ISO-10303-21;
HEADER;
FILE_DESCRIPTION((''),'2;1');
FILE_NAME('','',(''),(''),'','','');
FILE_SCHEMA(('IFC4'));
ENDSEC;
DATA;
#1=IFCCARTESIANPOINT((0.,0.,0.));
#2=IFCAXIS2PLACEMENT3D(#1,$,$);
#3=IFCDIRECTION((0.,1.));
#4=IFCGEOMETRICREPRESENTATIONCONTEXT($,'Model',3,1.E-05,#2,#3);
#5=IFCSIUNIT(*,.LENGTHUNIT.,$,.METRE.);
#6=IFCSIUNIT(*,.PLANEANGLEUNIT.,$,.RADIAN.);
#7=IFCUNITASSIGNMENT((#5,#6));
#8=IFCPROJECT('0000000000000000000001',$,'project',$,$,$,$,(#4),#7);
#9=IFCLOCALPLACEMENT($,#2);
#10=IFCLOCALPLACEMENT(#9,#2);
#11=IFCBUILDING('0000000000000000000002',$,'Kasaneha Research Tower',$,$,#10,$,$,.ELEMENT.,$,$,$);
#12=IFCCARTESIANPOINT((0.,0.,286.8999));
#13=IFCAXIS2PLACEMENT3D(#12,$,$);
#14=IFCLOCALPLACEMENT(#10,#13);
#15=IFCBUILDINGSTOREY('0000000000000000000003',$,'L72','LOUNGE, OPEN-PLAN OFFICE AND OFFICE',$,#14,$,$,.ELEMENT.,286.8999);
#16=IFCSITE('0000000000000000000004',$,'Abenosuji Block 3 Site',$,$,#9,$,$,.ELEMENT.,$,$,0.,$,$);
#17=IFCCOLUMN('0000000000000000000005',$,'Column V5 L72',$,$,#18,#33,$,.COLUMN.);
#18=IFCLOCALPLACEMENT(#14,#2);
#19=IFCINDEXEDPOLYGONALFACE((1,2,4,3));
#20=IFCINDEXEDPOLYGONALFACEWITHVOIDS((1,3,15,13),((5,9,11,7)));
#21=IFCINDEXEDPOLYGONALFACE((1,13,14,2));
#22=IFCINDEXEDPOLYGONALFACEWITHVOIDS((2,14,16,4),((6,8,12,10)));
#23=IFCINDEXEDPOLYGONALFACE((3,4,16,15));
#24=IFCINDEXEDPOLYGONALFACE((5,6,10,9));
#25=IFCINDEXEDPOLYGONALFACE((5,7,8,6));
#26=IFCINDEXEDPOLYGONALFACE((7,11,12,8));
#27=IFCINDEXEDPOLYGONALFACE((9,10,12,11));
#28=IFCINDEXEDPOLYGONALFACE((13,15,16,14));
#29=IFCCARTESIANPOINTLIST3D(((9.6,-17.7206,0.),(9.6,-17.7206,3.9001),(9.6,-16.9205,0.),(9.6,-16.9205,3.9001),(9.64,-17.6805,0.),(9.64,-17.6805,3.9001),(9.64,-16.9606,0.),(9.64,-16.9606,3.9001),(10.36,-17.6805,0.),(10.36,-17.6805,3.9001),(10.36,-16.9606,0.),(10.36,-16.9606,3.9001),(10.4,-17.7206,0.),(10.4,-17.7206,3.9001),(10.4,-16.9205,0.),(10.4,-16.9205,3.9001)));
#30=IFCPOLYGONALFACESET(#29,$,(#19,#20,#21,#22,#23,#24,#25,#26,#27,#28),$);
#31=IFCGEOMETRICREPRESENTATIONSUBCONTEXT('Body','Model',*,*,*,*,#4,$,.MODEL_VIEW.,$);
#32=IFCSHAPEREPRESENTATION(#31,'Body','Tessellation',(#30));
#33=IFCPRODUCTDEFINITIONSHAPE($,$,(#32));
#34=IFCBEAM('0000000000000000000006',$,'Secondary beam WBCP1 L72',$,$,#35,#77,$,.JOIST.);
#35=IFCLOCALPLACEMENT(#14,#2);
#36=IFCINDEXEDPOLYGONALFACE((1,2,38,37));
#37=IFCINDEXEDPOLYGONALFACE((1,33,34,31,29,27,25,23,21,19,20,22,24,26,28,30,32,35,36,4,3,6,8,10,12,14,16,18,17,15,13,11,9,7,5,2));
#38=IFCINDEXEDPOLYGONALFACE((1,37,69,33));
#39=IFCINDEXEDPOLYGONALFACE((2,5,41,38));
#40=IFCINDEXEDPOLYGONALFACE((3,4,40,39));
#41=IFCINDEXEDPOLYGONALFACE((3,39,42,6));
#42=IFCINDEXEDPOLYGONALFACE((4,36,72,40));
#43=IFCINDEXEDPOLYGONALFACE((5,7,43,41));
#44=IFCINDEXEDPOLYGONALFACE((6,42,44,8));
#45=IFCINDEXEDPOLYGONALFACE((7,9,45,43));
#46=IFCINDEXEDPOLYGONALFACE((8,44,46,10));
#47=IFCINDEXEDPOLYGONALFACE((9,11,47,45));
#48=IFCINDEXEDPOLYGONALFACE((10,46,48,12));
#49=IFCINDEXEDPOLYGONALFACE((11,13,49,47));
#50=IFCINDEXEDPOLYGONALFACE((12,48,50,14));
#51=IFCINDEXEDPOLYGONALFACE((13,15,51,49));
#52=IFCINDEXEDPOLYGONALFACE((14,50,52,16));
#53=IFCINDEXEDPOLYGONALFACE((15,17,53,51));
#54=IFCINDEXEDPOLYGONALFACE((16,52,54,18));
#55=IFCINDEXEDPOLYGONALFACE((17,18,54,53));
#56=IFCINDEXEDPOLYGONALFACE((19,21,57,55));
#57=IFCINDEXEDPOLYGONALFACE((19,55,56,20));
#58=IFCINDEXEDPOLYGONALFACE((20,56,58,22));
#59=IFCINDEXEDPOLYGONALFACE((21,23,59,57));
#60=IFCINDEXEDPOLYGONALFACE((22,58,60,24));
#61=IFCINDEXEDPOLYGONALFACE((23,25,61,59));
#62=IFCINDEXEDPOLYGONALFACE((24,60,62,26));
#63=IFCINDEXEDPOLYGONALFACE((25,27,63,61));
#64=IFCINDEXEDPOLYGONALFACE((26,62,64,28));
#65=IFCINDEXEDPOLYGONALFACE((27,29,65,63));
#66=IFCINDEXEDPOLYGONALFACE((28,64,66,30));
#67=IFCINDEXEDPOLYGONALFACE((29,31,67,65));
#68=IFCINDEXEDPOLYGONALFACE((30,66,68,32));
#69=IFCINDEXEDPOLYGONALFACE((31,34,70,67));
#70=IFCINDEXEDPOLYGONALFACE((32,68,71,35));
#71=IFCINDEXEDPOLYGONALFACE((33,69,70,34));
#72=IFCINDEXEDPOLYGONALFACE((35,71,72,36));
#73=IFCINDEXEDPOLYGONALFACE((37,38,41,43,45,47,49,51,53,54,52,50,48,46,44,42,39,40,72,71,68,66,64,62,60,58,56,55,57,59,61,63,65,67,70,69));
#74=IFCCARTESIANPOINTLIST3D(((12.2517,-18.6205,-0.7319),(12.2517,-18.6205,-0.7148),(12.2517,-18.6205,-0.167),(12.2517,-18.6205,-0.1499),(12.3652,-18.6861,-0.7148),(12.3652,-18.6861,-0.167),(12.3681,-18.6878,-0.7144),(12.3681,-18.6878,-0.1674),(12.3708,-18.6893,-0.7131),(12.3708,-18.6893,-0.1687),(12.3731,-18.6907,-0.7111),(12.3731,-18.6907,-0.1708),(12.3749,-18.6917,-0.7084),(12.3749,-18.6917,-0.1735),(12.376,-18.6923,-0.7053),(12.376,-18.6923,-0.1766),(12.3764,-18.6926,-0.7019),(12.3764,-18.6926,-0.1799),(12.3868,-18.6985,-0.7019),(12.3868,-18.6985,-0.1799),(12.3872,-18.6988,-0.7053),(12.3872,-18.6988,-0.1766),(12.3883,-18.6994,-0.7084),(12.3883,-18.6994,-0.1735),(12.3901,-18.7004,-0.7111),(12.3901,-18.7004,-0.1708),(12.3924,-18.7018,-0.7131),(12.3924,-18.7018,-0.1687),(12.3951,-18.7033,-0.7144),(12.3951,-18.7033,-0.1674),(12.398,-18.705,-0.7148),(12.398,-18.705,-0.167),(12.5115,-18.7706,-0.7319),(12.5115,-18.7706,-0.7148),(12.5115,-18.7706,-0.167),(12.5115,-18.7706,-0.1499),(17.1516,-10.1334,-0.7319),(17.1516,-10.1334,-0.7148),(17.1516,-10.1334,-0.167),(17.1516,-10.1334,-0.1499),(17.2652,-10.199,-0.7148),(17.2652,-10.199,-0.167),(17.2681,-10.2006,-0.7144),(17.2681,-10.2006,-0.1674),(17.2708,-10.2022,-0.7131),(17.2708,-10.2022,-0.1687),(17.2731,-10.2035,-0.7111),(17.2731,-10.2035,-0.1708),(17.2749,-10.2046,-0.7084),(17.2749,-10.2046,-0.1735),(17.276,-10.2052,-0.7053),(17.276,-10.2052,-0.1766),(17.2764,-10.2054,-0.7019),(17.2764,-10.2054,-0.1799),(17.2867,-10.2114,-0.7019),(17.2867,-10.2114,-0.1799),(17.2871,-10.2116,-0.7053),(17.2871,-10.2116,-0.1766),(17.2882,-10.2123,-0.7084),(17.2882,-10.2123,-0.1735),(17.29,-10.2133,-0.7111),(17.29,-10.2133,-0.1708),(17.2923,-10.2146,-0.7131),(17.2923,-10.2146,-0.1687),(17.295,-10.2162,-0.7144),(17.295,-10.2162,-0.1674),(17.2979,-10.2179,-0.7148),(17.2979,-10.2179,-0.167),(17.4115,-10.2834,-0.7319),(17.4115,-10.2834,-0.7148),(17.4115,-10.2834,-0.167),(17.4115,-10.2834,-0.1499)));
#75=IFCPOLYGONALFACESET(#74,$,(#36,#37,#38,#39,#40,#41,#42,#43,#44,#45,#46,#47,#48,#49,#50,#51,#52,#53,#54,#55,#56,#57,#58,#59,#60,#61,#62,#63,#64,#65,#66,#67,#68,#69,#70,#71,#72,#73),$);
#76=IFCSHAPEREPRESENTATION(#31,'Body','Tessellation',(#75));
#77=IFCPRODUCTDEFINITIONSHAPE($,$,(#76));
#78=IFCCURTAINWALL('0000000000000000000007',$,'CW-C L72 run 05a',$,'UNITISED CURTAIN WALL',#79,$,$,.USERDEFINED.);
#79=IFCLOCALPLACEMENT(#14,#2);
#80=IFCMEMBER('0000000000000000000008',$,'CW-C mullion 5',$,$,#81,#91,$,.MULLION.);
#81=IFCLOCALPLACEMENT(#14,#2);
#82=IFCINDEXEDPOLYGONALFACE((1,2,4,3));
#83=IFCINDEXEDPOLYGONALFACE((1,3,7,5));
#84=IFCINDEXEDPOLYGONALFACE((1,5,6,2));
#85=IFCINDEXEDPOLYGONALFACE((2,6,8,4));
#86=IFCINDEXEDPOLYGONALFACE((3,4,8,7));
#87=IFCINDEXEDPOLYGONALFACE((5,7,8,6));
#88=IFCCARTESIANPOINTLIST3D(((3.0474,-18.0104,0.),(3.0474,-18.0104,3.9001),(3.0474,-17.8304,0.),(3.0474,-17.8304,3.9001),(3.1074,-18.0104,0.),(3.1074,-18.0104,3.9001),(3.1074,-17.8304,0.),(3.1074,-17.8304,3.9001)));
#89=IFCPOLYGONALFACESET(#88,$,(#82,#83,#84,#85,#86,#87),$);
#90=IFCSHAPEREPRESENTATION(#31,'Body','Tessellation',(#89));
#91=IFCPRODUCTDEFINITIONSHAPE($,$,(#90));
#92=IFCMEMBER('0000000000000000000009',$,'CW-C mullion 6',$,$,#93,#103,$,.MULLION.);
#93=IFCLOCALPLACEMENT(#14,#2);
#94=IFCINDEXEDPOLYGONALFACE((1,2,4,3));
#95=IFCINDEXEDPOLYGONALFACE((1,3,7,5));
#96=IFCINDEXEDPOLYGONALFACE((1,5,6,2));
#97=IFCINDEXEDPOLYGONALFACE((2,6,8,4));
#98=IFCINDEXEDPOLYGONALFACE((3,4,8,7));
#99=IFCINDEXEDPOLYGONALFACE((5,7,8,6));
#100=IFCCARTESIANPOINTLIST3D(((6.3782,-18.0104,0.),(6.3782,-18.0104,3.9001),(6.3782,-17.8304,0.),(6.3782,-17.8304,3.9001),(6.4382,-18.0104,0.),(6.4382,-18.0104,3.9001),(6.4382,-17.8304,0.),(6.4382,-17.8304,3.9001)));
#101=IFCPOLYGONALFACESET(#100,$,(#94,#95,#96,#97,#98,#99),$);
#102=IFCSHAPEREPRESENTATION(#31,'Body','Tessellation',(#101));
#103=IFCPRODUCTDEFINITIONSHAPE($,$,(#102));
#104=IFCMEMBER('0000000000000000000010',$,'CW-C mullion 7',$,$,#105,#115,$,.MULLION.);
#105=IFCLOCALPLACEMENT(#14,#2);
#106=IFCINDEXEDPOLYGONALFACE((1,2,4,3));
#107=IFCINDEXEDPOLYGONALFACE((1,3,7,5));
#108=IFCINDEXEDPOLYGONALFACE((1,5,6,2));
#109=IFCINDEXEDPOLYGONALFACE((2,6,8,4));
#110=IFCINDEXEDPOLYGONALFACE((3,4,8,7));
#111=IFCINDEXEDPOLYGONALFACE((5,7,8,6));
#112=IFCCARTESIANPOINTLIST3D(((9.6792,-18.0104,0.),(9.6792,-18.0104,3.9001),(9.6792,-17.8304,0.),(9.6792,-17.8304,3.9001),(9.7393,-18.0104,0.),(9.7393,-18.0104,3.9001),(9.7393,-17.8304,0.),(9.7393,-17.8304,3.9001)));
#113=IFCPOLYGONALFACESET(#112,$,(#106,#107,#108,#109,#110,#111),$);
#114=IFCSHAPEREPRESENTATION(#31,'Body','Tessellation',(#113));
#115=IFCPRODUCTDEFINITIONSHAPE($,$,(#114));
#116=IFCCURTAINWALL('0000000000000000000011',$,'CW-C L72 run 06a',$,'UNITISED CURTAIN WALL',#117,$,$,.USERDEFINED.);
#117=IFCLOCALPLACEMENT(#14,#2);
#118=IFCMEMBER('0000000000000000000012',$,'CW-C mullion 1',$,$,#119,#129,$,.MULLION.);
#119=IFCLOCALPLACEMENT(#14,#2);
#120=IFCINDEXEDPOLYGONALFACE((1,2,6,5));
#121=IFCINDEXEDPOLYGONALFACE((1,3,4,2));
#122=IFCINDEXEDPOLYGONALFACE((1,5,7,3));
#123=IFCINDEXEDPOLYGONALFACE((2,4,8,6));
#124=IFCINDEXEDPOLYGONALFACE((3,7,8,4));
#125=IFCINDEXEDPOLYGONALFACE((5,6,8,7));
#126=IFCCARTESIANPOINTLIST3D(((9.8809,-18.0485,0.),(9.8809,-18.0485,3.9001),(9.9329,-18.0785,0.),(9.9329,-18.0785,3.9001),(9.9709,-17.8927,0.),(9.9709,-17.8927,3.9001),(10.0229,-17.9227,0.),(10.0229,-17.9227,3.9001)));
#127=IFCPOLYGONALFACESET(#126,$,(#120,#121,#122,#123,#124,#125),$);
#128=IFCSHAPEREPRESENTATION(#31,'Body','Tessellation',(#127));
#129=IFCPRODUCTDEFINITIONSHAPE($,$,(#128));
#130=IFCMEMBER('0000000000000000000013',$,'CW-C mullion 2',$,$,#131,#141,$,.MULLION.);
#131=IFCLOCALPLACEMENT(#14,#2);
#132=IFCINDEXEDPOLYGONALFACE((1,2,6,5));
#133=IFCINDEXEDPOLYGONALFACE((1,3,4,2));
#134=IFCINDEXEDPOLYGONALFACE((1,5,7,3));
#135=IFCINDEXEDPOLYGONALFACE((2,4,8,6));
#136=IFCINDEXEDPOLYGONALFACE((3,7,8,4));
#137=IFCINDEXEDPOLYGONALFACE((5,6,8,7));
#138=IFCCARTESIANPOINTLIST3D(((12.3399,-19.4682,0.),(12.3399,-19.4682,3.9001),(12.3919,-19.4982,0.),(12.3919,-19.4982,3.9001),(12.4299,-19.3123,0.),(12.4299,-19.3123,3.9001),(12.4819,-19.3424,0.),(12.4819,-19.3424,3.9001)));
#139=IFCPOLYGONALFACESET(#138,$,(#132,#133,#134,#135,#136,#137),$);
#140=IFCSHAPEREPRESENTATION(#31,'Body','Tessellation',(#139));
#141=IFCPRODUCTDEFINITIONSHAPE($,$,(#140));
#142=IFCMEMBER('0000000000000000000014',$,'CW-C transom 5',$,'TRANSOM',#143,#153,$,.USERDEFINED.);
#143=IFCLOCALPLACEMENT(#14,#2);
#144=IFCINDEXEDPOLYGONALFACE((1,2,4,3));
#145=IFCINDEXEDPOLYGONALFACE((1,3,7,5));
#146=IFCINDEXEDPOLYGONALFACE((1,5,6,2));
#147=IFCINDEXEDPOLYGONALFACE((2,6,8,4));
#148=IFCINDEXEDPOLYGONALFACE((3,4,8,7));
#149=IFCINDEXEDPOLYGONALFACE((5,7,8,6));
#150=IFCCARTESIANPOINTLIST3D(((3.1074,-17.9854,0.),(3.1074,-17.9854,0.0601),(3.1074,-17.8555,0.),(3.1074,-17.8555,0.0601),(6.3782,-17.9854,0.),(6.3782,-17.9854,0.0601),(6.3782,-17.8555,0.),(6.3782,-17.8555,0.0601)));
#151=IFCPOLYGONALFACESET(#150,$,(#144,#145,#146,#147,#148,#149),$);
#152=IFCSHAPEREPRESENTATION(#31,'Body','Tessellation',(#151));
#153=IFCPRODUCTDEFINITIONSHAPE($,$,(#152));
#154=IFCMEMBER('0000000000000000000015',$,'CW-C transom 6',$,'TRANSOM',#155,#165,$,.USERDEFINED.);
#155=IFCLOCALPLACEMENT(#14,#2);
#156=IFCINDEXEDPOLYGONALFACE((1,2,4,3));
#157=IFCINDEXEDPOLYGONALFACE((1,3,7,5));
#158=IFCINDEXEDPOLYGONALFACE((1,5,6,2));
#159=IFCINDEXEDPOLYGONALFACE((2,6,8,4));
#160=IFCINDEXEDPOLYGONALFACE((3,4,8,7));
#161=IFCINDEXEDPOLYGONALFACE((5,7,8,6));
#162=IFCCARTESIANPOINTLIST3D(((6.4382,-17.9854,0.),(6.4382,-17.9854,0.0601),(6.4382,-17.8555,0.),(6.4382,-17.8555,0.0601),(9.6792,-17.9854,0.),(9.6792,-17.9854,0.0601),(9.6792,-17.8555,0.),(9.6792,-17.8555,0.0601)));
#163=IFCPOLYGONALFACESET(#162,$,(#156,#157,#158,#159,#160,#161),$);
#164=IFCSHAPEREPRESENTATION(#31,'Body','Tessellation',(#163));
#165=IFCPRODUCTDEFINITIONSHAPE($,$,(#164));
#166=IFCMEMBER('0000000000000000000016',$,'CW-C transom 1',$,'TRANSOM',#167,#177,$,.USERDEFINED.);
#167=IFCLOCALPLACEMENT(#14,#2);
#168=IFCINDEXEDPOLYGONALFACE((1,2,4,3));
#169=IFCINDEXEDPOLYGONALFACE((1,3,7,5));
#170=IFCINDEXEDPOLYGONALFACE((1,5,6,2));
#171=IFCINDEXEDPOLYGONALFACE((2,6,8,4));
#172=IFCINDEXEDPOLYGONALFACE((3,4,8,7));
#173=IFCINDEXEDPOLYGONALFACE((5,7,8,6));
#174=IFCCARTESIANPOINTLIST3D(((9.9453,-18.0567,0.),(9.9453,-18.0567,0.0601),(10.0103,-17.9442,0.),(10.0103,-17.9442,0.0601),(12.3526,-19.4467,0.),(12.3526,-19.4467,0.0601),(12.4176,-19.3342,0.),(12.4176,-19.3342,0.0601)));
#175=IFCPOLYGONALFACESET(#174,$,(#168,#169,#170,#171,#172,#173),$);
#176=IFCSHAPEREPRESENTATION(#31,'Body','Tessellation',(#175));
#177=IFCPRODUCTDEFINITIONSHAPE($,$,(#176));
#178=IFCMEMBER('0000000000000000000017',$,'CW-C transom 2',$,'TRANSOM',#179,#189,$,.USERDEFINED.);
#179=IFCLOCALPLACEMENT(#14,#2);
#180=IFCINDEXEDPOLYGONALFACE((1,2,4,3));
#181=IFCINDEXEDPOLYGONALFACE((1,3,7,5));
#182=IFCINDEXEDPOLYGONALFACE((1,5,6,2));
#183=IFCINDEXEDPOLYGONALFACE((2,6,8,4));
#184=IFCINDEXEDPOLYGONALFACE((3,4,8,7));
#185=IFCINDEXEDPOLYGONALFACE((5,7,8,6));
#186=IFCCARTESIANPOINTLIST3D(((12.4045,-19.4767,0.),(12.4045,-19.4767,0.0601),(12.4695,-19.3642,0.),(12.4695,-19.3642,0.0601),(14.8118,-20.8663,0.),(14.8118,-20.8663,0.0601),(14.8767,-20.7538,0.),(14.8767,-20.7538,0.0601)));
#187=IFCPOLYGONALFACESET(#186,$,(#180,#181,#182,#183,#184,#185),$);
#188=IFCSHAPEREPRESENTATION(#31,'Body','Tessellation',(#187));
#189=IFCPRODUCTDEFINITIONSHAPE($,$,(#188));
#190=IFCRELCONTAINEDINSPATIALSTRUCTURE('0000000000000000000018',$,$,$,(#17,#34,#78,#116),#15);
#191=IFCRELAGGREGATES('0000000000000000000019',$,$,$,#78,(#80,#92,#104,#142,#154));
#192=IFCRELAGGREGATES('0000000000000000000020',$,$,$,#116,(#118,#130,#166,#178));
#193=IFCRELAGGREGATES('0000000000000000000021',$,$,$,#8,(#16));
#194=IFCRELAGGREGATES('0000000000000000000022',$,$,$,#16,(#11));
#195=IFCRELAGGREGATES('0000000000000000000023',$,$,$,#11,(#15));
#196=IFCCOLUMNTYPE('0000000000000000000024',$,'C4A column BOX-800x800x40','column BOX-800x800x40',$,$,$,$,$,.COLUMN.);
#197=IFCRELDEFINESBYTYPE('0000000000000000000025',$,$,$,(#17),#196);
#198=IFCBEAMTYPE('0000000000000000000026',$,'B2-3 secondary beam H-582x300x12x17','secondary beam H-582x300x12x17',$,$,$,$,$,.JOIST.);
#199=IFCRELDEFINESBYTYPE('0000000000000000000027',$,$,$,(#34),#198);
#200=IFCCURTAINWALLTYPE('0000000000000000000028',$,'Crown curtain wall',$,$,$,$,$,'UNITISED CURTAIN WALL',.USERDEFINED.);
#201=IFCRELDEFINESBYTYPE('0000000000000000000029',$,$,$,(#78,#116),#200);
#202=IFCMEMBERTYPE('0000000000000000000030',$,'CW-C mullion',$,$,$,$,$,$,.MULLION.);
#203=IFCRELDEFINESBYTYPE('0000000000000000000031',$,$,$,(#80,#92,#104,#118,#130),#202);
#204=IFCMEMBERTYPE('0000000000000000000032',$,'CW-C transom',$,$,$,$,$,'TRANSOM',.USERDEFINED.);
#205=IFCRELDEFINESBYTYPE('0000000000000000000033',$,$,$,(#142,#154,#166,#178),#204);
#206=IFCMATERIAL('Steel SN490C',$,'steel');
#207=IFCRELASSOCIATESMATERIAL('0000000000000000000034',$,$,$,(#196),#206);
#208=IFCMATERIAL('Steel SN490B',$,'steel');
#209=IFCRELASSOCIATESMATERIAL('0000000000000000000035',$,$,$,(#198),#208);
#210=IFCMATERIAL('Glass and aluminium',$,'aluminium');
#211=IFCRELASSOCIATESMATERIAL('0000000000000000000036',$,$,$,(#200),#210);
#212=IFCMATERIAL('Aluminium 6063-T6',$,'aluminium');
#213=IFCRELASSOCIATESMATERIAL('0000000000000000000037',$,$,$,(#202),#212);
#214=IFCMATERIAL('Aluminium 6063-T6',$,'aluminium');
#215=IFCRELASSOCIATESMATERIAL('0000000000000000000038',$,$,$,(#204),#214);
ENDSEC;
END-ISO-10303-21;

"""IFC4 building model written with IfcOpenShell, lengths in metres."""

from ifc_helpers import new_model, si_unit, direction, frame, origin, origin_2d, place, context, subcontext, project, spatial, rectangle, hollow_rectangle, i_section, extrude, material, material_profile, profile_set, type_object, element, aggregate, save


model = new_model("IFC4")

# Units and contexts
model_context = context("Model", 3, precision=1e-05, world=origin(), true_north=direction((0.0, 1.0)))
body_context = subcontext(model_context, "Body", "Model", "MODEL_VIEW")
ifc_project = project(units=[si_unit("LENGTHUNIT", "METRE"), si_unit("PLANEANGLEUNIT", "RADIAN")], contexts=[model_context])

# Site, building, storey
site_placement = place(None, origin())
site = spatial("IfcSite", under=ifc_project, at=site_placement, Name="Abenosuji Block 3 Site", CompositionType="ELEMENT", RefElevation=0.0)
building_placement = place(site_placement, origin())
building = spatial("IfcBuilding", under=site, at=building_placement, Name="Kasaneha Research Tower", CompositionType="ELEMENT")
storey_placement = place(building_placement, frame((0.0, 0.0, 286.8999)))
storey = spatial("IfcBuildingStorey", under=building, at=storey_placement, Name="L72", Description="LOUNGE, OPEN-PLAN OFFICE AND OFFICE", CompositionType="ELEMENT", Elevation=286.8999)

# Column
ifc_material_1 = material(Name="Steel SN490C", Category="steel")
ifc_material_profile_1 = material_profile(ifc_material_1, hollow_rectangle(XDim=0.8, YDim=0.8, WallThickness=0.04, at=origin_2d()), Name="BOX-800x800x40")
ifc_profile_set_1 = profile_set([ifc_material_profile_1], Name="Steel SN490C")
column_type = type_object("IfcColumnType", Name="C4A column BOX-800x800x40", Description="column BOX-800x800x40", PredefinedType="COLUMN", material=ifc_profile_set_1)
column_placement = place(storey_placement, frame((10.0, -17.3206, 0.0), z_axis=(0.0, 0.0, 1.0), x_axis=(1.0, 0.0, 0.0)))
element("IfcColumn", 1, at=column_placement, inside=storey, type_object=column_type, Name="Column V5 L72", PredefinedType="COLUMN", context=body_context, shape_type="SweptSolid", body=[
    extrude(hollow_rectangle(XDim=0.8, YDim=0.8, WallThickness=0.04, at=origin_2d()), origin(), (0.0, 0.0, 1.0), 3.9001),
])

# Beam
ifc_material_2 = material(Name="Steel SN490B", Category="steel")
ifc_material_profile_2 = material_profile(ifc_material_2, i_section(OverallWidth=0.3, OverallDepth=0.582, WebThickness=0.012, FlangeThickness=0.0171, FilletRadius=0.0129, at=origin_2d()), Name="H-582x300x12x17")
ifc_profile_set_2 = profile_set([ifc_material_profile_2], Name="Steel SN490B")
beam_type_1 = type_object("IfcBeamType", Name="B2-3 secondary beam H-582x300x12x17", Description="secondary beam H-582x300x12x17", PredefinedType="JOIST", material=ifc_profile_set_2)
beam_1_placement = place(storey_placement, frame((12.3816, -18.6956, -0.4409), z_axis=(0.499992, 0.86603, 0.0), x_axis=(-0.86603, 0.499992, 0.0)))
element("IfcBeam", 2, at=beam_1_placement, inside=storey, type_object=beam_type_1, Name="Secondary beam WBCP1 L72", PredefinedType="JOIST", context=body_context, shape_type="SweptSolid", body=[
    extrude(i_section(OverallWidth=0.3, OverallDepth=0.582, WebThickness=0.012, FlangeThickness=0.0171, FilletRadius=0.0129, at=origin_2d()), origin(), (0.0, 0.0, 1.0), 9.8),
])

# Curtain walls, members
ifc_material_3 = material(Name="Glass and aluminium", Category="aluminium")
curtain_wall_type = type_object("IfcCurtainWallType", Name="Crown curtain wall", ElementType="UNITISED CURTAIN WALL", PredefinedType="USERDEFINED", material=ifc_material_3)
curtain_wall_1_placement = place(storey_placement, origin())
curtain_wall_1 = element("IfcCurtainWall", 3, at=curtain_wall_1_placement, inside=storey, type_object=curtain_wall_type, Name="CW-C L72 run 05a", ObjectType="UNITISED CURTAIN WALL", PredefinedType="USERDEFINED")
ifc_material_4 = material(Name="Aluminium 6063-T6", Category="aluminium")
ifc_material_profile_3 = material_profile(ifc_material_4, rectangle(XDim=0.0601, YDim=0.1799, at=origin_2d()), Name="CW-C mullion 60x180")
ifc_profile_set_3 = profile_set([ifc_material_profile_3], Name="Aluminium 6063-T6")
member_type_1 = type_object("IfcMemberType", Name="CW-C mullion", PredefinedType="MULLION", material=ifc_profile_set_3)
member_1_placement = place(storey_placement, frame((3.0774, -17.9204, 0.0), z_axis=(0.0, 0.0, 1.0), x_axis=(1.0, 0.0, 0.0)))
member_1 = element("IfcMember", 4, at=member_1_placement, type_object=member_type_1, Name="CW-C mullion 5", PredefinedType="MULLION", context=body_context, shape_type="SweptSolid", body=[
    extrude(rectangle(XDim=0.0601, YDim=0.1799, at=origin_2d()), origin(), (0.0, 0.0, 1.0), 3.9001),
])
member_2_placement = place(storey_placement, frame((6.4082, -17.9204, 0.0), z_axis=(0.0, 0.0, 1.0), x_axis=(1.0, 0.0, 0.0)))
member_2 = element("IfcMember", 5, at=member_2_placement, type_object=member_type_1, Name="CW-C mullion 6", PredefinedType="MULLION", context=body_context, shape_type="SweptSolid", body=[
    extrude(rectangle(XDim=0.0601, YDim=0.1799, at=origin_2d()), origin(), (0.0, 0.0, 1.0), 3.9001),
])
member_3_placement = place(storey_placement, frame((9.7092, -17.9204, 0.0), z_axis=(0.0, 0.0, 1.0), x_axis=(1.0, 0.0, 0.0)))
member_3 = element("IfcMember", 6, at=member_3_placement, type_object=member_type_1, Name="CW-C mullion 7", PredefinedType="MULLION", context=body_context, shape_type="SweptSolid", body=[
    extrude(rectangle(XDim=0.0601, YDim=0.1799, at=origin_2d()), origin(), (0.0, 0.0, 1.0), 3.9001),
])
curtain_wall_2_placement = place(storey_placement, origin())
curtain_wall_2 = element("IfcCurtainWall", 7, at=curtain_wall_2_placement, inside=storey, type_object=curtain_wall_type, Name="CW-C L72 run 06a", ObjectType="UNITISED CURTAIN WALL", PredefinedType="USERDEFINED")
member_4_placement = place(storey_placement, frame((9.9519, -17.9856, 0.0), z_axis=(0.0, 0.0, 1.0), x_axis=(0.866025, -0.5, 0.0)))
member_4 = element("IfcMember", 8, at=member_4_placement, type_object=member_type_1, Name="CW-C mullion 1", PredefinedType="MULLION", context=body_context, shape_type="SweptSolid", body=[
    extrude(rectangle(XDim=0.0601, YDim=0.1799, at=origin_2d()), origin(), (0.0, 0.0, 1.0), 3.9001),
])
member_5_placement = place(storey_placement, frame((12.4109, -19.4053, 0.0), z_axis=(0.0, 0.0, 1.0), x_axis=(0.866025, -0.5, 0.0)))
member_5 = element("IfcMember", 9, at=member_5_placement, type_object=member_type_1, Name="CW-C mullion 2", PredefinedType="MULLION", context=body_context, shape_type="SweptSolid", body=[
    extrude(rectangle(XDim=0.0601, YDim=0.1799, at=origin_2d()), origin(), (0.0, 0.0, 1.0), 3.9001),
])

# Members
ifc_material_5 = material(Name="Aluminium 6063-T6", Category="aluminium")
ifc_material_profile_4 = material_profile(ifc_material_5, rectangle(XDim=0.1299, YDim=0.0601, at=origin_2d()), Name="CW-C transom 130x60")
ifc_profile_set_4 = profile_set([ifc_material_profile_4], Name="Aluminium 6063-T6")
member_type_2 = type_object("IfcMemberType", Name="CW-C transom", ElementType="TRANSOM", PredefinedType="USERDEFINED", material=ifc_profile_set_4)
member_6_placement = place(storey_placement, frame((3.1074, -17.9204, 0.03), z_axis=(1.0, 0.0, 0.0), x_axis=(0.0, 1.0, 0.0)))
member_6 = element("IfcMember", 10, at=member_6_placement, type_object=member_type_2, Name="CW-C transom 5", ObjectType="TRANSOM", PredefinedType="USERDEFINED", context=body_context, shape_type="SweptSolid", body=[
    extrude(rectangle(XDim=0.1299, YDim=0.0601, at=origin_2d()), origin(), (0.0, 0.0, 1.0), 3.2708),
])
member_7_placement = place(storey_placement, frame((6.4382, -17.9204, 0.03), z_axis=(1.0, 0.0, 0.0), x_axis=(0.0, 1.0, 0.0)))
member_7 = element("IfcMember", 11, at=member_7_placement, type_object=member_type_2, Name="CW-C transom 6", ObjectType="TRANSOM", PredefinedType="USERDEFINED", context=body_context, shape_type="SweptSolid", body=[
    extrude(rectangle(XDim=0.1299, YDim=0.0601, at=origin_2d()), origin(), (0.0, 0.0, 1.0), 3.241),
])
member_8_placement = place(storey_placement, frame((9.9778, -18.0005, 0.03), z_axis=(0.866013, -0.500021, 0.0), x_axis=(0.500021, 0.866013, 0.0)))
member_8 = element("IfcMember", 12, at=member_8_placement, type_object=member_type_2, Name="CW-C transom 1", ObjectType="TRANSOM", PredefinedType="USERDEFINED", context=body_context, shape_type="SweptSolid", body=[
    extrude(rectangle(XDim=0.1299, YDim=0.0601, at=origin_2d()), origin(), (0.0, 0.0, 1.0), 2.7798),
])
member_9_placement = place(storey_placement, frame((12.437, -19.4204, 0.03), z_axis=(0.866051, -0.499956, 0.0), x_axis=(0.499956, 0.866051, 0.0)))
member_9 = element("IfcMember", 13, at=member_9_placement, type_object=member_type_2, Name="CW-C transom 2", ObjectType="TRANSOM", PredefinedType="USERDEFINED", context=body_context, shape_type="SweptSolid", body=[
    extrude(rectangle(XDim=0.1299, YDim=0.0601, at=origin_2d()), origin(), (0.0, 0.0, 1.0), 2.7795),
])

aggregate(curtain_wall_1, [member_1, member_2, member_3, member_6, member_7])
aggregate(curtain_wall_2, [member_4, member_5, member_8, member_9])

save(model, "model.ifc")
